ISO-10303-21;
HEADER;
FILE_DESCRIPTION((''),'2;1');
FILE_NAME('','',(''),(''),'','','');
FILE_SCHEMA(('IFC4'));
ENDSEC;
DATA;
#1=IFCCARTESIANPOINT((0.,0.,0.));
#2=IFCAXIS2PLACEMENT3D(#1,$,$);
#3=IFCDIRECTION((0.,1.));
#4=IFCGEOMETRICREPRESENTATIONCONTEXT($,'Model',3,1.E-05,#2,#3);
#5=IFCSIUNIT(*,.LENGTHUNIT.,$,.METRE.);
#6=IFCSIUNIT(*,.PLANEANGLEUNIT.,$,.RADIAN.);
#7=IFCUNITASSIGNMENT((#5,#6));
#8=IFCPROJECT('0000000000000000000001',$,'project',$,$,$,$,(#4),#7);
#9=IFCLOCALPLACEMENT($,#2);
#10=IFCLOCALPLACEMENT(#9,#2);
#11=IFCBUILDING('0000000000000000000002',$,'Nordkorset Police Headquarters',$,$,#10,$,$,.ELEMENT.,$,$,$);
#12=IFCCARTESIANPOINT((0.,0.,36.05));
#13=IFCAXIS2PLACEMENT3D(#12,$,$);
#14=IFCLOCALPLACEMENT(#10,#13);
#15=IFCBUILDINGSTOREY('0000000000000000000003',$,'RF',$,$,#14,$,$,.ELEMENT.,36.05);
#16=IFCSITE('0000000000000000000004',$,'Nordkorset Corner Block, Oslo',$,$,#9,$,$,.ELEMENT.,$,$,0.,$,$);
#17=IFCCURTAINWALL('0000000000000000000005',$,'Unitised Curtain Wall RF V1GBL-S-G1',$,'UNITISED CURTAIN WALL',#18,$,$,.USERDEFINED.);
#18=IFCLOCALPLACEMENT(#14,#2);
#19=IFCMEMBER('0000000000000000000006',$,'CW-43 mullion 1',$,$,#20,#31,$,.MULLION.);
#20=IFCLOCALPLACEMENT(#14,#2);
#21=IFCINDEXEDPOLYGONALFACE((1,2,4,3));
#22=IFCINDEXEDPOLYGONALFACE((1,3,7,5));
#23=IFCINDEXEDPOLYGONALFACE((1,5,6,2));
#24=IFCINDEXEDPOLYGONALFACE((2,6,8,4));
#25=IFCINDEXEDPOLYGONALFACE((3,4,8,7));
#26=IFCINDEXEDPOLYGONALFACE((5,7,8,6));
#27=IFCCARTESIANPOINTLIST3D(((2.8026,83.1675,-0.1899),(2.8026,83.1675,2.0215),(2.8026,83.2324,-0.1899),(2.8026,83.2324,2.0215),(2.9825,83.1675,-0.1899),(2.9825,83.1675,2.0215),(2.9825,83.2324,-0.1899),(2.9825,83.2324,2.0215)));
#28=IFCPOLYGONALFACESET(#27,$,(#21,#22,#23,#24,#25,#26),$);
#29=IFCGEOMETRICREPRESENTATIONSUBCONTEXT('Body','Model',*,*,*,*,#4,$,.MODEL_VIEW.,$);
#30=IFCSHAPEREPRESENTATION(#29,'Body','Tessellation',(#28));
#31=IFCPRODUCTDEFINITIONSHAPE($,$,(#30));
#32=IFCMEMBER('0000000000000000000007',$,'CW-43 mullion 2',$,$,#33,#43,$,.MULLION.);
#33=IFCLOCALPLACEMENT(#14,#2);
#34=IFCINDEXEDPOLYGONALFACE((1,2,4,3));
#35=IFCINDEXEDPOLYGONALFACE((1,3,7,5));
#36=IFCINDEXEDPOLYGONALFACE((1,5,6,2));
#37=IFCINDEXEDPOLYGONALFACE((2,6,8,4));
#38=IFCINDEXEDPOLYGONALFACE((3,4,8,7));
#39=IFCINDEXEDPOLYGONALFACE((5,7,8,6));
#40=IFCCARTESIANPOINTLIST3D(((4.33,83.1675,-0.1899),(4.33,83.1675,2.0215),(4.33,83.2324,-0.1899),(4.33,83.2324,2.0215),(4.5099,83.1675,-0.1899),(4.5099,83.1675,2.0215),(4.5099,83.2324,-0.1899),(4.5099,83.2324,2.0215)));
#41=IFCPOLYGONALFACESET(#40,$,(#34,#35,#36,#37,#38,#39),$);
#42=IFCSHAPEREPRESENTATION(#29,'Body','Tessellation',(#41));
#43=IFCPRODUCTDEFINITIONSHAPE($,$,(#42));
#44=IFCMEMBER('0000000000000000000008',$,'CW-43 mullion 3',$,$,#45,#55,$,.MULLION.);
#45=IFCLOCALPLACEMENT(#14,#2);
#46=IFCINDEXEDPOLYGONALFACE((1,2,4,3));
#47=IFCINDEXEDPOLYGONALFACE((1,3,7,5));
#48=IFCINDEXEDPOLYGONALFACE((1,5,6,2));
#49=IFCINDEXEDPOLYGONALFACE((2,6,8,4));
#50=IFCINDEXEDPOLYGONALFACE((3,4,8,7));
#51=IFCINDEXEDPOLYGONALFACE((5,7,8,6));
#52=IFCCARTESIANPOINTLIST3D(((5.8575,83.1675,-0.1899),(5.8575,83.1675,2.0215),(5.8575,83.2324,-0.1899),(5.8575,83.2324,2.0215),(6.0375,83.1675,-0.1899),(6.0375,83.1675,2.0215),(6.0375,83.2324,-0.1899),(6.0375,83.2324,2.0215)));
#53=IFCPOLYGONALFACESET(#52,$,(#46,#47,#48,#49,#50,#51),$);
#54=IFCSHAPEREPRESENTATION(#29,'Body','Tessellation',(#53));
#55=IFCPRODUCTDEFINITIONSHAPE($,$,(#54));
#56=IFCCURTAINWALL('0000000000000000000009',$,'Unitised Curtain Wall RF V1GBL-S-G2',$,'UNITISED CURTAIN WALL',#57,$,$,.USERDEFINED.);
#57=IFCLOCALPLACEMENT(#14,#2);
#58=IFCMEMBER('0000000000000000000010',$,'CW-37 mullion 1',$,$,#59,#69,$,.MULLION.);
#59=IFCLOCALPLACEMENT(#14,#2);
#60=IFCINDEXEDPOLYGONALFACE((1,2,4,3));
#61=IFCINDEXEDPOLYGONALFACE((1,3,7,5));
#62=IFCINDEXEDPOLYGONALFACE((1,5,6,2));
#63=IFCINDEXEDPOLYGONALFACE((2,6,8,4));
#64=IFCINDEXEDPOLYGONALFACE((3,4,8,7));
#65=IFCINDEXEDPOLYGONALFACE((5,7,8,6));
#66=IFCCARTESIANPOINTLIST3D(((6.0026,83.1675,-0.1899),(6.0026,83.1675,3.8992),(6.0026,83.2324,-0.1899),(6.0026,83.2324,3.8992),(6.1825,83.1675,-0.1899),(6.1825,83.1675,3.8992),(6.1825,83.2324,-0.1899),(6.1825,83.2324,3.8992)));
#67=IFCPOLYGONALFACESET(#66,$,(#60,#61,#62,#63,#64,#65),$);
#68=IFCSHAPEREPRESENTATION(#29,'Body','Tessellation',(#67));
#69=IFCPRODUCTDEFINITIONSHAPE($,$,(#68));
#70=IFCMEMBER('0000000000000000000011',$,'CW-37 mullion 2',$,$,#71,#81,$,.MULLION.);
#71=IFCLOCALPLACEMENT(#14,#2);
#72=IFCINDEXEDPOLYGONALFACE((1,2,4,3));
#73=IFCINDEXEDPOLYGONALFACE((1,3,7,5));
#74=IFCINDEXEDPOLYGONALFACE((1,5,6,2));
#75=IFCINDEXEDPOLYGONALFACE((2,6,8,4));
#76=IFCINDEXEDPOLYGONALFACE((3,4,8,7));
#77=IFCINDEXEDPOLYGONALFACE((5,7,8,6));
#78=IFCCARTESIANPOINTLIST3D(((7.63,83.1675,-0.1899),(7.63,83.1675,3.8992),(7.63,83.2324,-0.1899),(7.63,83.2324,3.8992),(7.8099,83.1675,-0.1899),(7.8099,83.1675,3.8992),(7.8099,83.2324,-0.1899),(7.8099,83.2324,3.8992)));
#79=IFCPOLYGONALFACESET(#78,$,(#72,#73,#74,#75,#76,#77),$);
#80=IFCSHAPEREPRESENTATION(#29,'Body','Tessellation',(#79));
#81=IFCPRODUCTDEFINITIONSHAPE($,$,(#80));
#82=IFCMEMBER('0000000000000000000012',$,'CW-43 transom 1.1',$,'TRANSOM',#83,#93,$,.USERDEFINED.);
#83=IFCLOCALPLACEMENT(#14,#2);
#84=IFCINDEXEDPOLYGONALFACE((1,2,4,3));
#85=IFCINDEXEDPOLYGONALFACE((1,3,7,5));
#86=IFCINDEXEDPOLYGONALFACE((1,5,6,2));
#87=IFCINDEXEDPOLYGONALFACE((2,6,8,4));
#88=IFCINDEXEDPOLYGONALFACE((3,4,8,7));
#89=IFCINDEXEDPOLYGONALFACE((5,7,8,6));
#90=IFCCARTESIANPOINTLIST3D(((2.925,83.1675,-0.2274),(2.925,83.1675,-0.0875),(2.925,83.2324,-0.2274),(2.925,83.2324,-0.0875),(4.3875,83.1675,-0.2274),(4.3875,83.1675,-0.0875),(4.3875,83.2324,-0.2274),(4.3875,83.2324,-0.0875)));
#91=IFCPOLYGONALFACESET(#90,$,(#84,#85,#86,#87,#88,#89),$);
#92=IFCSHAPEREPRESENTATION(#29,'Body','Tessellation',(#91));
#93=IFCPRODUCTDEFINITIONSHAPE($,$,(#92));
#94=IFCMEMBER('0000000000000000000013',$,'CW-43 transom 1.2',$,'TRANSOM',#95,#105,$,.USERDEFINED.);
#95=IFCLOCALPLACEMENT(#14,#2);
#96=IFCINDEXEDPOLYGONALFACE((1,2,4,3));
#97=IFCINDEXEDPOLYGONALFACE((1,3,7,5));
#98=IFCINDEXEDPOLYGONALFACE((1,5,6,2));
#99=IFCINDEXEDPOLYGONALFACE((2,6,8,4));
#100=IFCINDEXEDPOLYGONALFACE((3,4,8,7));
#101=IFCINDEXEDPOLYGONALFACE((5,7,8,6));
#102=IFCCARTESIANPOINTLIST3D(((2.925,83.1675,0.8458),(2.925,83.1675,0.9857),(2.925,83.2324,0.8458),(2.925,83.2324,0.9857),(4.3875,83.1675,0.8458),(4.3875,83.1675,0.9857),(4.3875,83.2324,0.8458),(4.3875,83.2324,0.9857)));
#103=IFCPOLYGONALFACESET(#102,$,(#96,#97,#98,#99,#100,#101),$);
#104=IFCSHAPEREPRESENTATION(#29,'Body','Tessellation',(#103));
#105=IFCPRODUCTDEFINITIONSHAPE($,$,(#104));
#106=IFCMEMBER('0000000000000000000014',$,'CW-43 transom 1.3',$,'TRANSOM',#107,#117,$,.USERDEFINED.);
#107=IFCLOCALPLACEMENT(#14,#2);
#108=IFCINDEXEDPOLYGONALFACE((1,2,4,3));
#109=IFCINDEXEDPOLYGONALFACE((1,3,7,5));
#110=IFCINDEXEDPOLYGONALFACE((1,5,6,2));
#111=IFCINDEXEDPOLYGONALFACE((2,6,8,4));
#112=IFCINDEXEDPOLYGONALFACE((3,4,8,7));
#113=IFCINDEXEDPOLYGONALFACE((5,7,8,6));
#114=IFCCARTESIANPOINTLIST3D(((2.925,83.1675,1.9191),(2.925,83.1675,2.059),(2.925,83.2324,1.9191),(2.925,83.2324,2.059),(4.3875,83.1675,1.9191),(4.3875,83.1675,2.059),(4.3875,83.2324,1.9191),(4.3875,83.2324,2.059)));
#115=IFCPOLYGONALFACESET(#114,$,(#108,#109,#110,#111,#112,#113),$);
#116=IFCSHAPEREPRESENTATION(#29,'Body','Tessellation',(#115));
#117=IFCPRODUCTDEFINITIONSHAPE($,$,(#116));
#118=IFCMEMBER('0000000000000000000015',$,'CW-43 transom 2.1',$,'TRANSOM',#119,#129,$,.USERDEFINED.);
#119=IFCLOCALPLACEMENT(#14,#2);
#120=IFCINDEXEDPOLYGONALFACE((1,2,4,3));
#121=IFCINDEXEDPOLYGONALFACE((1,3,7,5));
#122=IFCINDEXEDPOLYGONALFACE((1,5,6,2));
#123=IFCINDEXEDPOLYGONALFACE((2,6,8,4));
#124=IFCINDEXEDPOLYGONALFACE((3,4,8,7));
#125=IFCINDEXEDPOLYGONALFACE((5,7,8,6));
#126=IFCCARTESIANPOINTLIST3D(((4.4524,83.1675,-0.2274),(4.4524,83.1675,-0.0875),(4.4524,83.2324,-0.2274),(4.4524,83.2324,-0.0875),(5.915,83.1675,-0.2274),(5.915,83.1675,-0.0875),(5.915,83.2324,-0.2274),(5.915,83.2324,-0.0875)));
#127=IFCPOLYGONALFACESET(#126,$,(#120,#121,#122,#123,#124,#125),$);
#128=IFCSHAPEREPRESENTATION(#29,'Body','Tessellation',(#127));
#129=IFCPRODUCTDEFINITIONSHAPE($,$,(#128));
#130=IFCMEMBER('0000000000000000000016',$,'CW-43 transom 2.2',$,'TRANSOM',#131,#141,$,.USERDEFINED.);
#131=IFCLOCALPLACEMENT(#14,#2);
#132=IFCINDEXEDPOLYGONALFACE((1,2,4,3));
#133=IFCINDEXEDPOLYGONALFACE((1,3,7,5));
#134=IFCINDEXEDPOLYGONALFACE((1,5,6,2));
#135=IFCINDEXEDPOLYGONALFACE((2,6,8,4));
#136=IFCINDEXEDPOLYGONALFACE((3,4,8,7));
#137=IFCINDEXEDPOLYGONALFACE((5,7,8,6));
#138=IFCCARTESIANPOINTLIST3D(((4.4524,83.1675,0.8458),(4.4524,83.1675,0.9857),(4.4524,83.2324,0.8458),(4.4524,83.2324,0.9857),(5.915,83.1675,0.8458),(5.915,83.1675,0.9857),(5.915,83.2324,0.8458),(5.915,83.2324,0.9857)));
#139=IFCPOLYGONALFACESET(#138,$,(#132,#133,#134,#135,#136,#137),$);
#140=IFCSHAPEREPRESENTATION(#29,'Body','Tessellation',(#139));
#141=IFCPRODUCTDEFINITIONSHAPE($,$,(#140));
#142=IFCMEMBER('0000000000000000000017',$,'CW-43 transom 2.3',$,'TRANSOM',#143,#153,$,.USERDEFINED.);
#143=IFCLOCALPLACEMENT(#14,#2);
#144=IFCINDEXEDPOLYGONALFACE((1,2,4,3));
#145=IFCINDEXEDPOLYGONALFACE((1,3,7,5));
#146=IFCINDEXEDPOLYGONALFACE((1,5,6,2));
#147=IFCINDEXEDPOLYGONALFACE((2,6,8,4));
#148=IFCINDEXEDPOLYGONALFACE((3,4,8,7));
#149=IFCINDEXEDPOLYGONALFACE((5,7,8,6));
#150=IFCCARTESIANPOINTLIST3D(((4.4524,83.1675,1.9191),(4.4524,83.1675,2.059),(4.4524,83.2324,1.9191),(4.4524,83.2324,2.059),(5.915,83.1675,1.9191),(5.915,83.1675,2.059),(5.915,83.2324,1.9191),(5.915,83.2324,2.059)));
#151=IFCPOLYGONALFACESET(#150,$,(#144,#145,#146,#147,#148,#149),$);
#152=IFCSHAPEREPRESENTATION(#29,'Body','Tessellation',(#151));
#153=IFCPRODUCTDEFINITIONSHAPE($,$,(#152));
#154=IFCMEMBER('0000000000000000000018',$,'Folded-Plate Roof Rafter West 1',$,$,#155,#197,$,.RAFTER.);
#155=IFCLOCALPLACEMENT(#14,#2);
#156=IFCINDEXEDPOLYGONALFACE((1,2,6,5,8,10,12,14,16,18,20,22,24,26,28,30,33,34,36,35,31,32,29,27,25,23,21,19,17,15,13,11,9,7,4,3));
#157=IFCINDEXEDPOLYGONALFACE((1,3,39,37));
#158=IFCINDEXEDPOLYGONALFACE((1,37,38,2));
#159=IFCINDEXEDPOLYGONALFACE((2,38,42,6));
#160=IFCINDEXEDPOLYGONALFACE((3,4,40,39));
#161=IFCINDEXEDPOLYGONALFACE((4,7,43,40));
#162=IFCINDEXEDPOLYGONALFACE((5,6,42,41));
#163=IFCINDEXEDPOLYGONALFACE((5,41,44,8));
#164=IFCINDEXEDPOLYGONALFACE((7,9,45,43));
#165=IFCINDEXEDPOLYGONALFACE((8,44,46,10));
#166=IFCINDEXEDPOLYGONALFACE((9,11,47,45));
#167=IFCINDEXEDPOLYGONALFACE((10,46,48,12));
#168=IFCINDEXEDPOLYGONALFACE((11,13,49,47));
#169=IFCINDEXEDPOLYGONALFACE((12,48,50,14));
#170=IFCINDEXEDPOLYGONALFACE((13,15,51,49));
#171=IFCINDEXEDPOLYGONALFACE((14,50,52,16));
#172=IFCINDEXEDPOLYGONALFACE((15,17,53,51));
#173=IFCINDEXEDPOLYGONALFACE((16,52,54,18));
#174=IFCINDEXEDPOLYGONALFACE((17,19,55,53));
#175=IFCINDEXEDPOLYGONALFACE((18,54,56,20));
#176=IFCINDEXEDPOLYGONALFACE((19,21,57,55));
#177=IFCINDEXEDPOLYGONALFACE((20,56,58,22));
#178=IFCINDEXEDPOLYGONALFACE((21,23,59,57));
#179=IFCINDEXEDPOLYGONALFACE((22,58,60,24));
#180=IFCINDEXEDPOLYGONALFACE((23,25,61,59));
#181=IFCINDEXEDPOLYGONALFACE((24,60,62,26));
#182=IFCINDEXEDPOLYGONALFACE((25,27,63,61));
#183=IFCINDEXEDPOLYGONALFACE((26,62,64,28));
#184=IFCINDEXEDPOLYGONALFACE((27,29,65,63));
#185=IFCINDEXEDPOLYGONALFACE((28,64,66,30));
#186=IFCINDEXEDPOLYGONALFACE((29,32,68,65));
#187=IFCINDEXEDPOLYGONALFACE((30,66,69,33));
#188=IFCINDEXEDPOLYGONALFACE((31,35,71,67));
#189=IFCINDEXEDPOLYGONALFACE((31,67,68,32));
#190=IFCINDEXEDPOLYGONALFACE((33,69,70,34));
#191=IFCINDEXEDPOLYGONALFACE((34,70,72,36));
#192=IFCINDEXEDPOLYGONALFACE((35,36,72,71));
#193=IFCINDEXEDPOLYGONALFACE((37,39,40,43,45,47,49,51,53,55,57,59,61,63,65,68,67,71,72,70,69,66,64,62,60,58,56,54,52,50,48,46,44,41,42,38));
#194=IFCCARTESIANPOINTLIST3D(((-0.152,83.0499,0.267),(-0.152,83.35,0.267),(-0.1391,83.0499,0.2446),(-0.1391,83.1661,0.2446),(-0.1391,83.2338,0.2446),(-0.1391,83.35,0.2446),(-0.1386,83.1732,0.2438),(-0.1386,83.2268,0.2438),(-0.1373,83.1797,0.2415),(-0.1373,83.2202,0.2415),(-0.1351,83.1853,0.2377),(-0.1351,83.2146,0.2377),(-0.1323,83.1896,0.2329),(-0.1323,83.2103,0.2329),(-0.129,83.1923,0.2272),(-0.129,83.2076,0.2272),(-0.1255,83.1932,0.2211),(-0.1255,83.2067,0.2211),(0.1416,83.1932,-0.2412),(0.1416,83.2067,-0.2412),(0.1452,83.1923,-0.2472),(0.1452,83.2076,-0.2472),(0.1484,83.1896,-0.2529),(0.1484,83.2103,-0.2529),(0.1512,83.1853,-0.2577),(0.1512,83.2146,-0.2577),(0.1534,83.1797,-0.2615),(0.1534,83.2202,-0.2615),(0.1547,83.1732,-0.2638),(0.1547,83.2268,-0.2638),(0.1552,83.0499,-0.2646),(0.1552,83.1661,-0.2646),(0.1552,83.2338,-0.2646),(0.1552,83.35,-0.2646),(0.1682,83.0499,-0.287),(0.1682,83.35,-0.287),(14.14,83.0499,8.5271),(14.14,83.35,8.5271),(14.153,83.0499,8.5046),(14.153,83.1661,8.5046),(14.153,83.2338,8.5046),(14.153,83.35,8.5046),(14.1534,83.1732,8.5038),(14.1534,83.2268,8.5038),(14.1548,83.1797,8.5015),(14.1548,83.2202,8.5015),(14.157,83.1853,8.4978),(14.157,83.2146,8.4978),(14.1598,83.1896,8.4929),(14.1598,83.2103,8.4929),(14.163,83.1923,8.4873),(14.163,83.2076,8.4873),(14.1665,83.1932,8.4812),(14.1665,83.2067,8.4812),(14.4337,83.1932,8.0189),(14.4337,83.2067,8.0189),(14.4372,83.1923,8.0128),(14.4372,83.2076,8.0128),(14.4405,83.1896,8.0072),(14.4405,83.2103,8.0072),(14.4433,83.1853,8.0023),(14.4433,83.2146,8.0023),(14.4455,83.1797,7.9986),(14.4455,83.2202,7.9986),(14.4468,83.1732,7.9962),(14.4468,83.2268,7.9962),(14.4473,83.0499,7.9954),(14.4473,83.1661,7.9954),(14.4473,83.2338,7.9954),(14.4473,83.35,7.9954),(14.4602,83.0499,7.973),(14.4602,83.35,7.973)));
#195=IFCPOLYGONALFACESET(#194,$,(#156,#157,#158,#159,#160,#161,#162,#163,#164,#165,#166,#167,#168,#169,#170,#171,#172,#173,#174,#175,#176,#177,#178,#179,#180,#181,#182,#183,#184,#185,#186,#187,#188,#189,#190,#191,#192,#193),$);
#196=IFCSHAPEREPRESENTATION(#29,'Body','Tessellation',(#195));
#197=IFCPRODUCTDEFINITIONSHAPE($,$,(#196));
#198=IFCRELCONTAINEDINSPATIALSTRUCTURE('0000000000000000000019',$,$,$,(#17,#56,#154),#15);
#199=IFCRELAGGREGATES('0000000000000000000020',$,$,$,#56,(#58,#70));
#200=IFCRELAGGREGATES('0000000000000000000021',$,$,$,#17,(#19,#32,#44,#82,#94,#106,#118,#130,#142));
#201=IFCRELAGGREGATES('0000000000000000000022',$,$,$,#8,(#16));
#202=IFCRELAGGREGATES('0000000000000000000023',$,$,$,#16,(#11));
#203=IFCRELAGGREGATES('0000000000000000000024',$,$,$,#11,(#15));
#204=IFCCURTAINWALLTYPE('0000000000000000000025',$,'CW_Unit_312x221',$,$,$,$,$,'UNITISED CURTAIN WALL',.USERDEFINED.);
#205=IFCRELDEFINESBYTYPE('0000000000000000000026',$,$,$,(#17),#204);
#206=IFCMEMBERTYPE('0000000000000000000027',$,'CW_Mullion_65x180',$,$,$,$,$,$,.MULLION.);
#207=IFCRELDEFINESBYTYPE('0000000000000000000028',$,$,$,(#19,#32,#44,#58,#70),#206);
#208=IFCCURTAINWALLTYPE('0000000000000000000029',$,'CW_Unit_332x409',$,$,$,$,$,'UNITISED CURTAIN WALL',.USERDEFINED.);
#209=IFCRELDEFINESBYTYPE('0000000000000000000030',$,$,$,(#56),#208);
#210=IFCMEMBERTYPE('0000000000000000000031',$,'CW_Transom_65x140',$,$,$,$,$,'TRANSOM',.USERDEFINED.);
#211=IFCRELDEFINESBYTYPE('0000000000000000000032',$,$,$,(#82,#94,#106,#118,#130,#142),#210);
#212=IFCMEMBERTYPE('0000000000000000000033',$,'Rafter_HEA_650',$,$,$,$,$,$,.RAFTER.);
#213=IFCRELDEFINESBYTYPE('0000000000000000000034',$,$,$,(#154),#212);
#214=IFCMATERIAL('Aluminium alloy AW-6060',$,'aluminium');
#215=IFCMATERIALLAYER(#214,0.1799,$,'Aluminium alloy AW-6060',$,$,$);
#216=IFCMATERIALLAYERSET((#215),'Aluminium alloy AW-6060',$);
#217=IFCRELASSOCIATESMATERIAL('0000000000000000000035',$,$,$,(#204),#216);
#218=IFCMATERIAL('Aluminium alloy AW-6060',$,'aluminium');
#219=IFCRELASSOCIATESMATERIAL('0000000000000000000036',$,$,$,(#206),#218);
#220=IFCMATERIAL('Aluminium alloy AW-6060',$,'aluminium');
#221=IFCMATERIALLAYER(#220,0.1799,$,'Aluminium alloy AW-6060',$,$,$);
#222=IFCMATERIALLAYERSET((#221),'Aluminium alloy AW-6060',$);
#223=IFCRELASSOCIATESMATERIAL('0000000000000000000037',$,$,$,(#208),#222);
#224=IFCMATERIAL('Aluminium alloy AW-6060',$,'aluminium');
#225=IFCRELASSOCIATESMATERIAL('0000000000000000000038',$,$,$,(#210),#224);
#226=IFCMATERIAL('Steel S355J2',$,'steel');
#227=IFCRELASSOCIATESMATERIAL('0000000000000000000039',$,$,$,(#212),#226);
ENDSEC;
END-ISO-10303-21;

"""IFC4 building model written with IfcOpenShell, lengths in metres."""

from ifc_helpers import new_model, si_unit, direction, frame, origin, origin_2d, place, context, subcontext, project, spatial, rectangle, i_section, extrude, material, layer, layer_set, material_profile, profile_set, type_object, element, aggregate, save


model = new_model("IFC4")

# Units and contexts
model_context = context("Model", 3, precision=1e-05, world=origin(), true_north=direction((0.0, 1.0)))
body_context = subcontext(model_context, "Body", "Model", "MODEL_VIEW")
ifc_project = project(units=[si_unit("LENGTHUNIT", "METRE"), si_unit("PLANEANGLEUNIT", "RADIAN")], contexts=[model_context])

# Site, building, storey
site_placement = place(None, origin())
site = spatial("IfcSite", under=ifc_project, at=site_placement, Name="Nordkorset Corner Block, Oslo", CompositionType="ELEMENT", RefElevation=0.0)
building_placement = place(site_placement, origin())
building = spatial("IfcBuilding", under=site, at=building_placement, Name="Nordkorset Police Headquarters", CompositionType="ELEMENT")
storey_placement = place(building_placement, frame((0.0, 0.0, 36.05)))
storey = spatial("IfcBuildingStorey", under=building, at=storey_placement, Name="RF", CompositionType="ELEMENT", Elevation=36.05)

# Curtain walls, members
ifc_material_1 = material(Name="Aluminium alloy AW-6060", Category="aluminium")
ifc_layer_1 = layer(ifc_material_1, 0.1799, Name="Aluminium alloy AW-6060")
ifc_layer_set_1 = layer_set([ifc_layer_1], Name="Aluminium alloy AW-6060")
curtain_wall_type_1 = type_object("IfcCurtainWallType", Name="CW_Unit_312x221", ElementType="UNITISED CURTAIN WALL", PredefinedType="USERDEFINED", material=ifc_layer_set_1)
curtain_wall_1_placement = place(storey_placement, origin())
curtain_wall_1 = element("IfcCurtainWall", 1, at=curtain_wall_1_placement, inside=storey, type_object=curtain_wall_type_1, Name="Unitised Curtain Wall RF V1GBL-S-G1", ObjectType="UNITISED CURTAIN WALL", PredefinedType="USERDEFINED")
ifc_material_2 = material(Name="Aluminium alloy AW-6060", Category="aluminium")
ifc_material_profile_1 = material_profile(ifc_material_2, rectangle(XDim=0.0649, YDim=0.1799, at=origin_2d()), Name="ALU MULL 65x180")
ifc_profile_set_1 = profile_set([ifc_material_profile_1], Name="Aluminium alloy AW-6060")
member_type_1 = type_object("IfcMemberType", Name="CW_Mullion_65x180", PredefinedType="MULLION", material=ifc_profile_set_1)
member_1_placement = place(storey_placement, frame((2.8926, 83.2, -0.1899), z_axis=(0.0, 0.0, 1.0), x_axis=(0.0, 1.0, 0.0)))
member_1 = element("IfcMember", 2, at=member_1_placement, type_object=member_type_1, Name="CW-43 mullion 1", PredefinedType="MULLION", context=body_context, shape_type="SweptSolid", body=[
    extrude(rectangle(XDim=0.0649, YDim=0.1799, at=origin_2d()), origin(), (0.0, 0.0, 1.0), 2.2114),
])
member_2_placement = place(storey_placement, frame((4.4199, 83.2, -0.1899), z_axis=(0.0, 0.0, 1.0), x_axis=(0.0, 1.0, 0.0)))
member_2 = element("IfcMember", 3, at=member_2_placement, type_object=member_type_1, Name="CW-43 mullion 2", PredefinedType="MULLION", context=body_context, shape_type="SweptSolid", body=[
    extrude(rectangle(XDim=0.0649, YDim=0.1799, at=origin_2d()), origin(), (0.0, 0.0, 1.0), 2.2114),
])
member_3_placement = place(storey_placement, frame((5.9475, 83.2, -0.1899), z_axis=(0.0, 0.0, 1.0), x_axis=(0.0, 1.0, 0.0)))
member_3 = element("IfcMember", 4, at=member_3_placement, type_object=member_type_1, Name="CW-43 mullion 3", PredefinedType="MULLION", context=body_context, shape_type="SweptSolid", body=[
    extrude(rectangle(XDim=0.0649, YDim=0.1799, at=origin_2d()), origin(), (0.0, 0.0, 1.0), 2.2114),
])
ifc_material_3 = material(Name="Aluminium alloy AW-6060", Category="aluminium")
ifc_layer_2 = layer(ifc_material_3, 0.1799, Name="Aluminium alloy AW-6060")
ifc_layer_set_2 = layer_set([ifc_layer_2], Name="Aluminium alloy AW-6060")
curtain_wall_type_2 = type_object("IfcCurtainWallType", Name="CW_Unit_332x409", ElementType="UNITISED CURTAIN WALL", PredefinedType="USERDEFINED", material=ifc_layer_set_2)
curtain_wall_2_placement = place(storey_placement, origin())
curtain_wall_2 = element("IfcCurtainWall", 5, at=curtain_wall_2_placement, inside=storey, type_object=curtain_wall_type_2, Name="Unitised Curtain Wall RF V1GBL-S-G2", ObjectType="UNITISED CURTAIN WALL", PredefinedType="USERDEFINED")
member_4_placement = place(storey_placement, frame((6.0925, 83.2, -0.1899), z_axis=(0.0, 0.0, 1.0), x_axis=(0.0, 1.0, 0.0)))
member_4 = element("IfcMember", 6, at=member_4_placement, type_object=member_type_1, Name="CW-37 mullion 1", PredefinedType="MULLION", context=body_context, shape_type="SweptSolid", body=[
    extrude(rectangle(XDim=0.0649, YDim=0.1799, at=origin_2d()), origin(), (0.0, 0.0, 1.0), 4.0891),
])
member_5_placement = place(storey_placement, frame((7.72, 83.2, -0.1899), z_axis=(0.0, 0.0, 1.0), x_axis=(0.0, 1.0, 0.0)))
member_5 = element("IfcMember", 7, at=member_5_placement, type_object=member_type_1, Name="CW-37 mullion 2", PredefinedType="MULLION", context=body_context, shape_type="SweptSolid", body=[
    extrude(rectangle(XDim=0.0649, YDim=0.1799, at=origin_2d()), origin(), (0.0, 0.0, 1.0), 4.0891),
])
aggregate(curtain_wall_2, [member_4, member_5])

# Members
ifc_material_4 = material(Name="Aluminium alloy AW-6060", Category="aluminium")
ifc_material_profile_2 = material_profile(ifc_material_4, rectangle(XDim=0.0649, YDim=0.1399, at=origin_2d()), Name="ALU TRAN 65x140")
ifc_profile_set_2 = profile_set([ifc_material_profile_2], Name="Aluminium alloy AW-6060")
member_type_2 = type_object("IfcMemberType", Name="CW_Transom_65x140", ElementType="TRANSOM", PredefinedType="USERDEFINED", material=ifc_profile_set_2)
member_6_placement = place(storey_placement, frame((2.925, 83.2, -0.1575), z_axis=(1.0, 0.0, 0.0), x_axis=(0.0, 1.0, 0.0)))
member_6 = element("IfcMember", 8, at=member_6_placement, type_object=member_type_2, Name="CW-43 transom 1.1", ObjectType="TRANSOM", PredefinedType="USERDEFINED", context=body_context, shape_type="SweptSolid", body=[
    extrude(rectangle(XDim=0.0649, YDim=0.1399, at=origin_2d()), origin(), (0.0, 0.0, 1.0), 1.4624),
])
member_7_placement = place(storey_placement, frame((2.925, 83.2, 0.9158), z_axis=(1.0, 0.0, 0.0), x_axis=(0.0, 1.0, 0.0)))
member_7 = element("IfcMember", 9, at=member_7_placement, type_object=member_type_2, Name="CW-43 transom 1.2", ObjectType="TRANSOM", PredefinedType="USERDEFINED", context=body_context, shape_type="SweptSolid", body=[
    extrude(rectangle(XDim=0.0649, YDim=0.1399, at=origin_2d()), origin(), (0.0, 0.0, 1.0), 1.4624),
])
member_8_placement = place(storey_placement, frame((2.925, 83.2, 1.989), z_axis=(1.0, 0.0, 0.0), x_axis=(0.0, 1.0, 0.0)))
member_8 = element("IfcMember", 10, at=member_8_placement, type_object=member_type_2, Name="CW-43 transom 1.3", ObjectType="TRANSOM", PredefinedType="USERDEFINED", context=body_context, shape_type="SweptSolid", body=[
    extrude(rectangle(XDim=0.0649, YDim=0.1399, at=origin_2d()), origin(), (0.0, 0.0, 1.0), 1.4624),
])
member_9_placement = place(storey_placement, frame((4.4524, 83.2, -0.1575), z_axis=(1.0, 0.0, 0.0), x_axis=(0.0, 1.0, 0.0)))
member_9 = element("IfcMember", 11, at=member_9_placement, type_object=member_type_2, Name="CW-43 transom 2.1", ObjectType="TRANSOM", PredefinedType="USERDEFINED", context=body_context, shape_type="SweptSolid", body=[
    extrude(rectangle(XDim=0.0649, YDim=0.1399, at=origin_2d()), origin(), (0.0, 0.0, 1.0), 1.4626),
])
member_10_placement = place(storey_placement, frame((4.4524, 83.2, 0.9158), z_axis=(1.0, 0.0, 0.0), x_axis=(0.0, 1.0, 0.0)))
member_10 = element("IfcMember", 12, at=member_10_placement, type_object=member_type_2, Name="CW-43 transom 2.2", ObjectType="TRANSOM", PredefinedType="USERDEFINED", context=body_context, shape_type="SweptSolid", body=[
    extrude(rectangle(XDim=0.0649, YDim=0.1399, at=origin_2d()), origin(), (0.0, 0.0, 1.0), 1.4626),
])
member_11_placement = place(storey_placement, frame((4.4524, 83.2, 1.989), z_axis=(1.0, 0.0, 0.0), x_axis=(0.0, 1.0, 0.0)))
member_11 = element("IfcMember", 13, at=member_11_placement, type_object=member_type_2, Name="CW-43 transom 2.3", ObjectType="TRANSOM", PredefinedType="USERDEFINED", context=body_context, shape_type="SweptSolid", body=[
    extrude(rectangle(XDim=0.0649, YDim=0.1399, at=origin_2d()), origin(), (0.0, 0.0, 1.0), 1.4626),
])

# Member
ifc_material_5 = material(Name="Steel S355J2", Category="steel")
ifc_material_profile_3 = material_profile(ifc_material_5, i_section(OverallWidth=0.3, OverallDepth=0.6399, WebThickness=0.0134, FlangeThickness=0.0259, FilletRadius=0.0271, at=origin_2d()), Name="HEA 650")
ifc_profile_set_3 = profile_set([ifc_material_profile_3], Name="Steel S355J2")
member_type_3 = type_object("IfcMemberType", Name="Rafter_HEA_650", PredefinedType="RAFTER", material=ifc_profile_set_3)
for number, where, z_axis, x_axis, name in (
    (14, (0.0081, 83.2, -0.01), (0.865802, 0.0, 0.500387), (0.0, 1.0, 0.0), "Folded-Plate Roof Rafter West 1"),
):
    element("IfcMember", number, at=place(storey_placement, frame(where, z_axis=z_axis, x_axis=x_axis)), inside=storey, type_object=member_type_3, Name=name, PredefinedType="RAFTER", context=body_context, shape_type="SweptSolid", body=[
        extrude(i_section(OverallWidth=0.3, OverallDepth=0.6399, WebThickness=0.0134, FlangeThickness=0.0259, FilletRadius=0.0271, at=origin_2d()), origin(), (0.0, 0.0, 1.0), 16.5073),
    ])

aggregate(curtain_wall_1, [member_1, member_2, member_3, member_6, member_7, member_8, member_9, member_10, member_11])

save(model, "model.ifc")
